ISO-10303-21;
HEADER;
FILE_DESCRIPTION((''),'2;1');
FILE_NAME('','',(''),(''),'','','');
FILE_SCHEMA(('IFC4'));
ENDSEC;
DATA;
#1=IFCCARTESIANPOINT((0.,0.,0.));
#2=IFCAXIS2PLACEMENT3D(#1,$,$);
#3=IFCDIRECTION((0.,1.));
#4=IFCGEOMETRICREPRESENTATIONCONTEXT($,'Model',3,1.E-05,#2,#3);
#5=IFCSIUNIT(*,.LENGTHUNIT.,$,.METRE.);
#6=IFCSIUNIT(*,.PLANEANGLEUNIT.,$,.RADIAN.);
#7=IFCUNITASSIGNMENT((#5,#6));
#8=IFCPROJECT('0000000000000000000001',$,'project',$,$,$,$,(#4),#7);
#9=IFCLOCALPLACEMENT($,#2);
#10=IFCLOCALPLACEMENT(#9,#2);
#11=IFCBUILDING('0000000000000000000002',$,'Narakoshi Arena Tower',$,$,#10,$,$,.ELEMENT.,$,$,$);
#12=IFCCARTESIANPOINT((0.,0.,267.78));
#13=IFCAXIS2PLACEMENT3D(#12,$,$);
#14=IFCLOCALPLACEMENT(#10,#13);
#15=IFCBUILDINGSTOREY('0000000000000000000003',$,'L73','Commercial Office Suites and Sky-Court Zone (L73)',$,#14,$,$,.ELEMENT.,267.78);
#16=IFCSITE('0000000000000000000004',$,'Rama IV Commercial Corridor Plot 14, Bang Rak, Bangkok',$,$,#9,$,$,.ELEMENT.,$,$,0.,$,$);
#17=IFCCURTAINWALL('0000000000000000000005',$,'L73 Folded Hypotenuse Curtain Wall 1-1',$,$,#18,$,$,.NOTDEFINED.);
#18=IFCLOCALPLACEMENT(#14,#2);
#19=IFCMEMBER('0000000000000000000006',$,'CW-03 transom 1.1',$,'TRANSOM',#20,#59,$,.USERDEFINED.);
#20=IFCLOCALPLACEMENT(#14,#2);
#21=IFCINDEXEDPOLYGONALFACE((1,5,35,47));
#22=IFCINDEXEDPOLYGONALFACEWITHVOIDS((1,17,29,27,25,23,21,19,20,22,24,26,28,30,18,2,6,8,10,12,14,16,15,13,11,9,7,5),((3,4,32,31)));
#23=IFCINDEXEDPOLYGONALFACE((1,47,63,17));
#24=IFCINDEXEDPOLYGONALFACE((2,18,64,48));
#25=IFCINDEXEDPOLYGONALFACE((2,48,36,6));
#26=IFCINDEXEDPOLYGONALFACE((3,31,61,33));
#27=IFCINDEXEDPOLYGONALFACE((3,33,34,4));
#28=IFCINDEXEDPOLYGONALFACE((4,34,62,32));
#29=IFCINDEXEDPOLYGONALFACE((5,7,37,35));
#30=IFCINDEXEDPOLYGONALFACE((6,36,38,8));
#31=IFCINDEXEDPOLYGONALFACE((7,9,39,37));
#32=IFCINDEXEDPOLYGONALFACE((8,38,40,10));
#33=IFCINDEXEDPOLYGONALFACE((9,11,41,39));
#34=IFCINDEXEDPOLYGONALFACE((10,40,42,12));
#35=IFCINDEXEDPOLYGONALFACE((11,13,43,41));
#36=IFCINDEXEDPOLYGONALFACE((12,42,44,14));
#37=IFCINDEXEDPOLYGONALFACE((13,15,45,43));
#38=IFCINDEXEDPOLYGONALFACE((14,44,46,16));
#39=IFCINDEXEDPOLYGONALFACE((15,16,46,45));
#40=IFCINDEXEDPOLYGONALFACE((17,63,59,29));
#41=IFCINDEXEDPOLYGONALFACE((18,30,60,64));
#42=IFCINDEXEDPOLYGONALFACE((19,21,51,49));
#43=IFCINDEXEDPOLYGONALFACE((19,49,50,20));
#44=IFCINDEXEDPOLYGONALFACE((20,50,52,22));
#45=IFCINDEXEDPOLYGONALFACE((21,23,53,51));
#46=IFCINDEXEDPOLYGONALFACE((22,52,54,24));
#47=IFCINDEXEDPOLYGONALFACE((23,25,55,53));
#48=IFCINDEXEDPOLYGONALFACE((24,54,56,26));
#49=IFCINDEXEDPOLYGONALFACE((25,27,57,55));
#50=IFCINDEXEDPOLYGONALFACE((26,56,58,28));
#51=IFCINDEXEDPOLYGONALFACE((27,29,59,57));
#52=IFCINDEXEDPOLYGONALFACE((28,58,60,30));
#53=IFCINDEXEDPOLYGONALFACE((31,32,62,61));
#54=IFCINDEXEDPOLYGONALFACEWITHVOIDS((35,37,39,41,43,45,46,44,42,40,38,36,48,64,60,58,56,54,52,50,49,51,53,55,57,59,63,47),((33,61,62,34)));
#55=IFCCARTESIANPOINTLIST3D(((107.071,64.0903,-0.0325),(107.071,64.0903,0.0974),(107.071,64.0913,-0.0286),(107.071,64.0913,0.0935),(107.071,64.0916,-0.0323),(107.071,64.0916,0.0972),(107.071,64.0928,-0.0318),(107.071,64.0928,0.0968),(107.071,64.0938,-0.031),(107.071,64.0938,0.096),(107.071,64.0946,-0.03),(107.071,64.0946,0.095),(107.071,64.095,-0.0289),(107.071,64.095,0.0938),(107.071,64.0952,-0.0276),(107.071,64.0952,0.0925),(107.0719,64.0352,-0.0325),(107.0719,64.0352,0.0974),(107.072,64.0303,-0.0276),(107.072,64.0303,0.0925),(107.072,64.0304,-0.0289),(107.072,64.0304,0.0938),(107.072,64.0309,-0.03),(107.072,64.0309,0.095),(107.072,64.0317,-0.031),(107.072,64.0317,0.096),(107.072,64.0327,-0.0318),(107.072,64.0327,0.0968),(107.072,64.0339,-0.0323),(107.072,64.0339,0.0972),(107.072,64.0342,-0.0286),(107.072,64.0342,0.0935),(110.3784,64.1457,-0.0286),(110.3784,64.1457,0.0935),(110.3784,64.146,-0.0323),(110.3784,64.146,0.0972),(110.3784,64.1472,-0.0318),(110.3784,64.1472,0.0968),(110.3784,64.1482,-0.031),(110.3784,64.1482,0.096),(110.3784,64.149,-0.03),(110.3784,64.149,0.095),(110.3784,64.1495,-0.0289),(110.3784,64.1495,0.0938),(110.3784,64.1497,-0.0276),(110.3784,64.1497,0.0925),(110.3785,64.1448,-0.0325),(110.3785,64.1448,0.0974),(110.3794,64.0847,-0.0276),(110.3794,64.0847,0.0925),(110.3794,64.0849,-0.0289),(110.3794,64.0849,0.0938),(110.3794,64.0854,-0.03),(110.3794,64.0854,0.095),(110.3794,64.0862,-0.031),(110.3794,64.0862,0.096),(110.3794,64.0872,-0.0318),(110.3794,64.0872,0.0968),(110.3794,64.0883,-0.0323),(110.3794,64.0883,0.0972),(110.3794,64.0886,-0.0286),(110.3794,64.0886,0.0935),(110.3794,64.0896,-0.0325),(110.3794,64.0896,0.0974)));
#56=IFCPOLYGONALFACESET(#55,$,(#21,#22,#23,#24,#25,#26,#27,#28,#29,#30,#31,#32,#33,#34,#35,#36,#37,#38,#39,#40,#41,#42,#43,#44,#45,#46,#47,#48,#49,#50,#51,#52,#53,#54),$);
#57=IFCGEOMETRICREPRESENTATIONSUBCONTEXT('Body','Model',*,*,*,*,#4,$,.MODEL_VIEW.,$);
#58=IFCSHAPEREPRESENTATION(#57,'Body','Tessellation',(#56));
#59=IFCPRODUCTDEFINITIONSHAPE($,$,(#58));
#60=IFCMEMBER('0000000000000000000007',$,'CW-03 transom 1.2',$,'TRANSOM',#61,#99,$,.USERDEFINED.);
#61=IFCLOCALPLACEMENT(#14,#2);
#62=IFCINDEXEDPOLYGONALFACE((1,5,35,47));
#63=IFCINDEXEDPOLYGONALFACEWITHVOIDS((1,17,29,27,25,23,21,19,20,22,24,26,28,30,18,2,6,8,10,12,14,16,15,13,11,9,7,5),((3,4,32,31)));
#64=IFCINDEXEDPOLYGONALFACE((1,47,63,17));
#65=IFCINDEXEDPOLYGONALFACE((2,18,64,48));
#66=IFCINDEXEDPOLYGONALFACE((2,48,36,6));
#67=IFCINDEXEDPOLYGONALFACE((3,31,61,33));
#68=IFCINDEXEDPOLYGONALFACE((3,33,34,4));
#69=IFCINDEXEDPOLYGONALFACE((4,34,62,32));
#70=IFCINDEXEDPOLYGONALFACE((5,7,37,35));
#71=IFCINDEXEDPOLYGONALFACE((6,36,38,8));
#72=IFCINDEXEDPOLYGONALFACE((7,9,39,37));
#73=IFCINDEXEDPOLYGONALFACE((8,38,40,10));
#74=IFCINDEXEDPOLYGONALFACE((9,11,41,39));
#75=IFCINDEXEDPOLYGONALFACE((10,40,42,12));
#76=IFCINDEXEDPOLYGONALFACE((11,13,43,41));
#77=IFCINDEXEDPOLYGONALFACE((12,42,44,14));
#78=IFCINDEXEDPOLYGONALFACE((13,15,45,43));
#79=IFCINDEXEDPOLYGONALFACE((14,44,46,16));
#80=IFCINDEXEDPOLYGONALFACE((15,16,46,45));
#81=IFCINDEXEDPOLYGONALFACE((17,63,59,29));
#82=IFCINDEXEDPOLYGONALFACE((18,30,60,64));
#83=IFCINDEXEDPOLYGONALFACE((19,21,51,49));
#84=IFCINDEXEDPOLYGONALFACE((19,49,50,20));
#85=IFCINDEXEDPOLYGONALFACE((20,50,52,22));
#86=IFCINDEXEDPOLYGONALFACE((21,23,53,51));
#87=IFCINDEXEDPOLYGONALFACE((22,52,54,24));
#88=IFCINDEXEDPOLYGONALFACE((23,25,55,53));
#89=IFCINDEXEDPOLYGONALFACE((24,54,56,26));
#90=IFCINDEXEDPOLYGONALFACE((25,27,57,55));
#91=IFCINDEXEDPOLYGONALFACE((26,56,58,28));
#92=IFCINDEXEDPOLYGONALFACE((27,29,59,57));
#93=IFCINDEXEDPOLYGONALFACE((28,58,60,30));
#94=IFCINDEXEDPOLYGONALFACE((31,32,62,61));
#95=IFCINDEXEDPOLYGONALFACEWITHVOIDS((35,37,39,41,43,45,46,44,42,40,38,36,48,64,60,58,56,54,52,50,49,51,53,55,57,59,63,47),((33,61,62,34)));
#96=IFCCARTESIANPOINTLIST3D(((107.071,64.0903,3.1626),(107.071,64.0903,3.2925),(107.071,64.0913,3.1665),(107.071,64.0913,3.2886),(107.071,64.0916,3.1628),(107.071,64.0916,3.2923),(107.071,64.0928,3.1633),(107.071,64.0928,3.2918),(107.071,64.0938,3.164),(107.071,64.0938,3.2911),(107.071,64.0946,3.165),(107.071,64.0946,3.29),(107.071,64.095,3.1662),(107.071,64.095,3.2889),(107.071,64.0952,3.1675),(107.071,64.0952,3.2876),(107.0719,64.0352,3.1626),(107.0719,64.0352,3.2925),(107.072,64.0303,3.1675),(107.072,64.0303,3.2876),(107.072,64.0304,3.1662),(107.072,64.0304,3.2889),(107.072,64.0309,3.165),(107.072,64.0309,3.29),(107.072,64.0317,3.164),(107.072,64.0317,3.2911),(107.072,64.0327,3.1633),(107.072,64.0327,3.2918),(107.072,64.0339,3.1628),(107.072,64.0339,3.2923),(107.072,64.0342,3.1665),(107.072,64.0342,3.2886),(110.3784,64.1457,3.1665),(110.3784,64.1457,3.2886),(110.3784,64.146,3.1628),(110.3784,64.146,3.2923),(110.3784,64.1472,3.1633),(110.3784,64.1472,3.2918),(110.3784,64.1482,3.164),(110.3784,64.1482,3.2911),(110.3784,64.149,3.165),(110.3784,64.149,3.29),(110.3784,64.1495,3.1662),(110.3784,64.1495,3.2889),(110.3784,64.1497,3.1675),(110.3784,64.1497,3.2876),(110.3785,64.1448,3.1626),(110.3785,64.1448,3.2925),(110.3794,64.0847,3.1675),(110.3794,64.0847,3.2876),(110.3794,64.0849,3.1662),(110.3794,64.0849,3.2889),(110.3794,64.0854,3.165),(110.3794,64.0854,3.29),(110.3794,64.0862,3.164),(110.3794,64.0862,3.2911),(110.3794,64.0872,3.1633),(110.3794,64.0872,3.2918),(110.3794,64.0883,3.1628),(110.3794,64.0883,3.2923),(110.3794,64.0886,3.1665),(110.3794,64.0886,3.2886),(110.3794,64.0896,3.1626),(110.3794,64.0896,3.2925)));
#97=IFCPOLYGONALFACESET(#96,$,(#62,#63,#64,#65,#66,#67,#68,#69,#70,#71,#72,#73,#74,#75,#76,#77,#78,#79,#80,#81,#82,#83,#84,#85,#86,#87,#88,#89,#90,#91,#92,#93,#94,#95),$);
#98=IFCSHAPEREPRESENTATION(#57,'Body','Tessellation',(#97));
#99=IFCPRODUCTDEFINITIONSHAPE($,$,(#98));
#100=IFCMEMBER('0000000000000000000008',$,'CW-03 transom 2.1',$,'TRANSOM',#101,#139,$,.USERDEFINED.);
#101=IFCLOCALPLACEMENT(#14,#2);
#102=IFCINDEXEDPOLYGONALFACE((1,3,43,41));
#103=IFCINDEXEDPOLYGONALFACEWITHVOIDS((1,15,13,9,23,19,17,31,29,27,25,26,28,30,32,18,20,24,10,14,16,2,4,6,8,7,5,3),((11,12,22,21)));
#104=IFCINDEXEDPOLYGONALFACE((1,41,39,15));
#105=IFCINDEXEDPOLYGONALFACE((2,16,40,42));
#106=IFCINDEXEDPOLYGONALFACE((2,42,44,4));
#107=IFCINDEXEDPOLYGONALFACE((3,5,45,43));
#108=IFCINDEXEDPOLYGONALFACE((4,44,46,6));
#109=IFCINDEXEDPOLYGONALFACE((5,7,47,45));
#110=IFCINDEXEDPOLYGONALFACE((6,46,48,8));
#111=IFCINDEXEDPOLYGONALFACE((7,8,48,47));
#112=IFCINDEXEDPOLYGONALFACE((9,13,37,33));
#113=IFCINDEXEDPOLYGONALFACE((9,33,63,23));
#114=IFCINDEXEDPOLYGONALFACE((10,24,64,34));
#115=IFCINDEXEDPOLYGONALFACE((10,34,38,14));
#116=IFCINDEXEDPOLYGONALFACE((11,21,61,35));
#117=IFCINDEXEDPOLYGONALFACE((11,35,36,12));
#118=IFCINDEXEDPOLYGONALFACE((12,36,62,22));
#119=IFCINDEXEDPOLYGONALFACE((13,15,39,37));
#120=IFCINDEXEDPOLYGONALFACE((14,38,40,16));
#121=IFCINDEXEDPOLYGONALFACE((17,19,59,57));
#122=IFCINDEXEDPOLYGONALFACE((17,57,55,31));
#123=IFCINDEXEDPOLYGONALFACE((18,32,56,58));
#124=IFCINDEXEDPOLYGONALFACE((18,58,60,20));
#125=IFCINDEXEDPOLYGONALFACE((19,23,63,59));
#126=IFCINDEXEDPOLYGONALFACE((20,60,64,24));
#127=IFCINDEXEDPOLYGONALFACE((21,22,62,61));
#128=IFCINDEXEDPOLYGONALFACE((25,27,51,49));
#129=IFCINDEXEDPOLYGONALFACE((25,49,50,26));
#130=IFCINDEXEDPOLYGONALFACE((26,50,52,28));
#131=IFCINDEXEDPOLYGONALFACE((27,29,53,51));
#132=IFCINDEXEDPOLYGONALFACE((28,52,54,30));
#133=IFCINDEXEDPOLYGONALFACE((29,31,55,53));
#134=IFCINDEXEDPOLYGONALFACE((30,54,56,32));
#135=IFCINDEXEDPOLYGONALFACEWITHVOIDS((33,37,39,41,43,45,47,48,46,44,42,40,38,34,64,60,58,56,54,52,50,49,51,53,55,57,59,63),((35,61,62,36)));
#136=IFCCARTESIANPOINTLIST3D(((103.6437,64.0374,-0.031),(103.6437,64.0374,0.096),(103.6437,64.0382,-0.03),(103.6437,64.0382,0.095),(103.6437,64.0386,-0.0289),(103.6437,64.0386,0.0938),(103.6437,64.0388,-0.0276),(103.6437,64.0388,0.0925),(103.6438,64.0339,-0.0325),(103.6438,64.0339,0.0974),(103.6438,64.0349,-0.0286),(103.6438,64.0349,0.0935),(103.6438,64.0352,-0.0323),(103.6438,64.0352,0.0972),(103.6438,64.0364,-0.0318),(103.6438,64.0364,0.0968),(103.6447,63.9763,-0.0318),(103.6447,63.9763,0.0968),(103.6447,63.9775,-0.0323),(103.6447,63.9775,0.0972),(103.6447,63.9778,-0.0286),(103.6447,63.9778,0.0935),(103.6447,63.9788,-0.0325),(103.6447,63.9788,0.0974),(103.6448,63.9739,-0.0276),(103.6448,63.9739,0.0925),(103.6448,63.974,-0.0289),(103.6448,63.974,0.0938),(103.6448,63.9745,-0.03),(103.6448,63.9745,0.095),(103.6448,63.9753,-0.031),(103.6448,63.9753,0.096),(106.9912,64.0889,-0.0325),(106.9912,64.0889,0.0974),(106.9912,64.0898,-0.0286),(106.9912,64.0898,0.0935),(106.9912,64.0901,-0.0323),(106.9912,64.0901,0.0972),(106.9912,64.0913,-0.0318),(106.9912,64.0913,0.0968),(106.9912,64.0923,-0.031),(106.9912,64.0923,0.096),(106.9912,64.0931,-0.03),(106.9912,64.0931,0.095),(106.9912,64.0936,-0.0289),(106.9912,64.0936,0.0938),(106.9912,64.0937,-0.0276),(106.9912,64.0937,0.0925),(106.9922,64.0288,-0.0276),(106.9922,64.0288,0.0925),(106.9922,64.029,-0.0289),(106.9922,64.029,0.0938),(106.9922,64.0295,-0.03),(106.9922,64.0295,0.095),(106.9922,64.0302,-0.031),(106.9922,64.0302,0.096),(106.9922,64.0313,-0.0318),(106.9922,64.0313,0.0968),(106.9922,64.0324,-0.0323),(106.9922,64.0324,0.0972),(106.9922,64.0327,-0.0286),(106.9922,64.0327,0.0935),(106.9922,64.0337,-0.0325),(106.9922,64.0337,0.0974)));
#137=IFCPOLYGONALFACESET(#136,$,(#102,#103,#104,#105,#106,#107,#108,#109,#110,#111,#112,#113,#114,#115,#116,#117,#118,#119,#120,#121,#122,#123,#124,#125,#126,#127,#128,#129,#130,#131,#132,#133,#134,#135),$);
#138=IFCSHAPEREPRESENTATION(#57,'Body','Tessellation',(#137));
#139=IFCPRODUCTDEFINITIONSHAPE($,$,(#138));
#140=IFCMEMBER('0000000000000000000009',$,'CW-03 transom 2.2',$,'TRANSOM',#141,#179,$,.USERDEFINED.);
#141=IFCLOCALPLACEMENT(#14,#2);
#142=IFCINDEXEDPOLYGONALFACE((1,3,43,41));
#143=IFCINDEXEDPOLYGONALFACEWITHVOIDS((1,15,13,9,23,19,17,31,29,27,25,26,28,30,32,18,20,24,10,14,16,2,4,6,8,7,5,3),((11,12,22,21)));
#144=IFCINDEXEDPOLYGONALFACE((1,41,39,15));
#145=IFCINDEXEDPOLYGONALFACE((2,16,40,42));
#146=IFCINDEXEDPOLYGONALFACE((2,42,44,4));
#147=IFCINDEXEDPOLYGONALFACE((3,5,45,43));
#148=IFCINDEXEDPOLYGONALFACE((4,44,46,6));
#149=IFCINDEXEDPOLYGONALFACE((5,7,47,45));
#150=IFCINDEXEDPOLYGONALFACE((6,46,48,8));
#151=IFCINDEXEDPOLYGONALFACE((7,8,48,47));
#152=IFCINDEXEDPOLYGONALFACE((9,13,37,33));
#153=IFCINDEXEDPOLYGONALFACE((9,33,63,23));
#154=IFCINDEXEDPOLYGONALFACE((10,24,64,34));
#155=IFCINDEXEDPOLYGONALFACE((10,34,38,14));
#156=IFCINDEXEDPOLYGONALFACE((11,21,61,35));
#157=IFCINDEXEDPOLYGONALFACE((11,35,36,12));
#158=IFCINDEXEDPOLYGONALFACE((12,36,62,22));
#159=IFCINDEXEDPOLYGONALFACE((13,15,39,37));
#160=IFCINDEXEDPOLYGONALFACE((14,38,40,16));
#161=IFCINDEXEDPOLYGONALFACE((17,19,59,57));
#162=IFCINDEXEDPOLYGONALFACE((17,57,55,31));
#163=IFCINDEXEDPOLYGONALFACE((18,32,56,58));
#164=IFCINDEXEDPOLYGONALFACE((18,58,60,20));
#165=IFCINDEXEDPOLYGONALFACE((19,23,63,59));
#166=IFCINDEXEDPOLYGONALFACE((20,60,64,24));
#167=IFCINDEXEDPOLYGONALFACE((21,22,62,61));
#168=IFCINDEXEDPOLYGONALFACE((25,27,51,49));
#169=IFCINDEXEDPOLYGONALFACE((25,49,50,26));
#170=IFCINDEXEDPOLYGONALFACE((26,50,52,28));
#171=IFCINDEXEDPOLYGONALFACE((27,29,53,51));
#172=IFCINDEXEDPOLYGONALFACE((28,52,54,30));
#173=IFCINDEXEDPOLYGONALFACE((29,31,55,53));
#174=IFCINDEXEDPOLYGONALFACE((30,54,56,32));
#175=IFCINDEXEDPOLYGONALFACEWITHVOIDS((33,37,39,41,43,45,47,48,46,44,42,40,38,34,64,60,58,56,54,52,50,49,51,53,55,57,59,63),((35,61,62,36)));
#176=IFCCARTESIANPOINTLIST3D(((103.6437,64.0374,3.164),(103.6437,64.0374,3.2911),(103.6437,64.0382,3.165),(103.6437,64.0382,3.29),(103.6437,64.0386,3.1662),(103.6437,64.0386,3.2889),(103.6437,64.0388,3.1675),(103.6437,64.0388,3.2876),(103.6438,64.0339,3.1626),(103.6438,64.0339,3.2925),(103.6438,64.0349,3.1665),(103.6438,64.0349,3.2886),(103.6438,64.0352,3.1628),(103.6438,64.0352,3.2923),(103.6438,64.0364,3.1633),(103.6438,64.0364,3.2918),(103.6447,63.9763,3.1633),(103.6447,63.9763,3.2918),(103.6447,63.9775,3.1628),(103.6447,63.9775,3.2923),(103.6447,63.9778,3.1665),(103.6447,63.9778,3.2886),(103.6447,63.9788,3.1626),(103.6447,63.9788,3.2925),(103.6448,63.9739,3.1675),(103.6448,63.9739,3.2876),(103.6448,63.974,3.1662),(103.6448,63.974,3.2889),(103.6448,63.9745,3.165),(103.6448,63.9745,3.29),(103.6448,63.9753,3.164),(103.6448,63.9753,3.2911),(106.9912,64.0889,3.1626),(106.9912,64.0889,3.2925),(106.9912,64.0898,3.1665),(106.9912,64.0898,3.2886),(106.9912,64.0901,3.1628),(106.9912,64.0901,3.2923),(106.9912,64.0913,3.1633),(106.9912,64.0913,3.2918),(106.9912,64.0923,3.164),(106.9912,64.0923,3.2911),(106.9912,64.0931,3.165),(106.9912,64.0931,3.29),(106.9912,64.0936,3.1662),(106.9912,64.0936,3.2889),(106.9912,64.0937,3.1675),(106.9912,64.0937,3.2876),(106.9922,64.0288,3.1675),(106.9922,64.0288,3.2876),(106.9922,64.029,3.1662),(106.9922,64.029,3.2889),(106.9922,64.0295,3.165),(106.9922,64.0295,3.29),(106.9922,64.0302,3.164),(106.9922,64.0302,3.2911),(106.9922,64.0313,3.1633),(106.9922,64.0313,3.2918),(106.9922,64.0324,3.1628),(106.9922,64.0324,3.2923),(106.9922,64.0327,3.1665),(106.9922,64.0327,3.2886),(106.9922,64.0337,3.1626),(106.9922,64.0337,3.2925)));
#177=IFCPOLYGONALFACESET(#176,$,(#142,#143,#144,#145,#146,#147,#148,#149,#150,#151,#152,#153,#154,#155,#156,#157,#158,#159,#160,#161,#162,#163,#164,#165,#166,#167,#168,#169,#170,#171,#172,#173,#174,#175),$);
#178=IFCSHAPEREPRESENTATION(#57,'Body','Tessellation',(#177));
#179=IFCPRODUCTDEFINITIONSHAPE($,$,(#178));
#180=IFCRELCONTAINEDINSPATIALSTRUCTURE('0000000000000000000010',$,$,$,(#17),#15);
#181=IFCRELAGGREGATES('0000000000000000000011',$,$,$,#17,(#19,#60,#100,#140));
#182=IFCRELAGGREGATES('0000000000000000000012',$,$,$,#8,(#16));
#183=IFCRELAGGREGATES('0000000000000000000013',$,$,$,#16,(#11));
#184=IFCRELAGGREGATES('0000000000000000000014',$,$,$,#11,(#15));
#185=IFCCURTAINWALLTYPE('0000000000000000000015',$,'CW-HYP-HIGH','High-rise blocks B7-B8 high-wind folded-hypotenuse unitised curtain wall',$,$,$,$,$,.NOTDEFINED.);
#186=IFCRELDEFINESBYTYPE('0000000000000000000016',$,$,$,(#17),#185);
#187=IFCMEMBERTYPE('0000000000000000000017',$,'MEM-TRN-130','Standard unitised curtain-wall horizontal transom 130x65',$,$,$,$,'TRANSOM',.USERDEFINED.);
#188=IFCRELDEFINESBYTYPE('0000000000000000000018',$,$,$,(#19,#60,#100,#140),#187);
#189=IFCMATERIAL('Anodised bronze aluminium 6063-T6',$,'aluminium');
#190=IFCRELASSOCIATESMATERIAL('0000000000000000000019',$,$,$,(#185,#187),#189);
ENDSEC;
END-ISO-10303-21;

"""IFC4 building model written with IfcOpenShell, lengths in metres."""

from ifc_helpers import new_model, si_unit, direction, frame, origin, origin_2d, place, context, subcontext, project, spatial, hollow_rectangle, extrude, material, material_profile, profile_set, type_object, element, aggregate, save


model = new_model("IFC4")

# Units and contexts
model_context = context("Model", 3, precision=1e-05, world=origin(), true_north=direction((0.0, 1.0)))
body_context = subcontext(model_context, "Body", "Model", "MODEL_VIEW")
ifc_project = project(units=[si_unit("LENGTHUNIT", "METRE"), si_unit("PLANEANGLEUNIT", "RADIAN")], contexts=[model_context])

# Site, building, storey
site_placement = place(None, origin())
site = spatial("IfcSite", under=ifc_project, at=site_placement, Name="Rama IV Commercial Corridor Plot 14, Bang Rak, Bangkok", CompositionType="ELEMENT", RefElevation=0.0)
building_placement = place(site_placement, origin())
building = spatial("IfcBuilding", under=site, at=building_placement, Name="Narakoshi Arena Tower", CompositionType="ELEMENT")
storey_placement = place(building_placement, frame((0.0, 0.0, 267.78)))
storey = spatial("IfcBuildingStorey", under=building, at=storey_placement, Name="L73", Description="Commercial Office Suites and Sky-Court Zone (L73)", CompositionType="ELEMENT", Elevation=267.78)

# Curtain wall, members
ifc_material_1 = material(Name="Anodised bronze aluminium 6063-T6", Category="aluminium")
curtain_wall_type = type_object("IfcCurtainWallType", Name="CW-HYP-HIGH", Description="High-rise blocks B7-B8 high-wind folded-hypotenuse unitised curtain wall", PredefinedType="NOTDEFINED", material=ifc_material_1)
curtain_wall_placement = place(storey_placement, origin())
curtain_wall = element("IfcCurtainWall", 1, at=curtain_wall_placement, inside=storey, type_object=curtain_wall_type, Name="L73 Folded Hypotenuse Curtain Wall 1-1", PredefinedType="NOTDEFINED")
ifc_material_profile_1 = material_profile(ifc_material_1, hollow_rectangle(XDim=0.0649, YDim=0.1299, WallThickness=0.0039, OuterFilletRadius=0.0049, at=origin_2d()), Name="TRN130x65x4")
ifc_profile_set_1 = profile_set([ifc_material_profile_1], Name="Anodised bronze aluminium 6063-T6")
member_type_1 = type_object("IfcMemberType", Name="MEM-TRN-130", Description="Standard unitised curtain-wall horizontal transom 130x65", ElementType="TRANSOM", PredefinedType="USERDEFINED", material=ifc_profile_set_1)
member_1_placement = place(storey_placement, frame((110.3789, 64.1172, 0.0325), z_axis=(-0.999865, -0.016459, 0.0), x_axis=(0.016459, -0.999865, 0.0)))
member_1 = element("IfcMember", 2, at=member_1_placement, type_object=member_type_1, Name="CW-03 transom 1.1", ObjectType="TRANSOM", PredefinedType="USERDEFINED", context=body_context, shape_type="SweptSolid", body=[
    extrude(hollow_rectangle(XDim=0.0649, YDim=0.1299, WallThickness=0.0039, OuterFilletRadius=0.0049, at=origin_2d()), origin(), (0.0, 0.0, 1.0), 3.3079),
])
member_2_placement = place(storey_placement, frame((110.3789, 64.1172, 3.2275), z_axis=(-0.999865, -0.016459, 0.0), x_axis=(0.016459, -0.999865, 0.0)))
member_2 = element("IfcMember", 3, at=member_2_placement, type_object=member_type_1, Name="CW-03 transom 1.2", ObjectType="TRANSOM", PredefinedType="USERDEFINED", context=body_context, shape_type="SweptSolid", body=[
    extrude(hollow_rectangle(XDim=0.0649, YDim=0.1299, WallThickness=0.0039, OuterFilletRadius=0.0049, at=origin_2d()), origin(), (0.0, 0.0, 1.0), 3.3079),
])
member_3_placement = place(storey_placement, frame((106.9917, 64.0613, 0.0325), z_axis=(-0.999865, -0.016408, 0.0), x_axis=(0.016408, -0.999865, 0.0)))
member_3 = element("IfcMember", 4, at=member_3_placement, type_object=member_type_1, Name="CW-03 transom 2.1", ObjectType="TRANSOM", PredefinedType="USERDEFINED", context=body_context, shape_type="SweptSolid", body=[
    extrude(hollow_rectangle(XDim=0.0649, YDim=0.1299, WallThickness=0.0039, OuterFilletRadius=0.0049, at=origin_2d()), origin(), (0.0, 0.0, 1.0), 3.3479),
])
member_4_placement = place(storey_placement, frame((106.9917, 64.0613, 3.2275), z_axis=(-0.999865, -0.016408, 0.0), x_axis=(0.016408, -0.999865, 0.0)))
member_4 = element("IfcMember", 5, at=member_4_placement, type_object=member_type_1, Name="CW-03 transom 2.2", ObjectType="TRANSOM", PredefinedType="USERDEFINED", context=body_context, shape_type="SweptSolid", body=[
    extrude(hollow_rectangle(XDim=0.0649, YDim=0.1299, WallThickness=0.0039, OuterFilletRadius=0.0049, at=origin_2d()), origin(), (0.0, 0.0, 1.0), 3.3479),
])
aggregate(curtain_wall, [member_1, member_2, member_3, member_4])

save(model, "model.ifc")
